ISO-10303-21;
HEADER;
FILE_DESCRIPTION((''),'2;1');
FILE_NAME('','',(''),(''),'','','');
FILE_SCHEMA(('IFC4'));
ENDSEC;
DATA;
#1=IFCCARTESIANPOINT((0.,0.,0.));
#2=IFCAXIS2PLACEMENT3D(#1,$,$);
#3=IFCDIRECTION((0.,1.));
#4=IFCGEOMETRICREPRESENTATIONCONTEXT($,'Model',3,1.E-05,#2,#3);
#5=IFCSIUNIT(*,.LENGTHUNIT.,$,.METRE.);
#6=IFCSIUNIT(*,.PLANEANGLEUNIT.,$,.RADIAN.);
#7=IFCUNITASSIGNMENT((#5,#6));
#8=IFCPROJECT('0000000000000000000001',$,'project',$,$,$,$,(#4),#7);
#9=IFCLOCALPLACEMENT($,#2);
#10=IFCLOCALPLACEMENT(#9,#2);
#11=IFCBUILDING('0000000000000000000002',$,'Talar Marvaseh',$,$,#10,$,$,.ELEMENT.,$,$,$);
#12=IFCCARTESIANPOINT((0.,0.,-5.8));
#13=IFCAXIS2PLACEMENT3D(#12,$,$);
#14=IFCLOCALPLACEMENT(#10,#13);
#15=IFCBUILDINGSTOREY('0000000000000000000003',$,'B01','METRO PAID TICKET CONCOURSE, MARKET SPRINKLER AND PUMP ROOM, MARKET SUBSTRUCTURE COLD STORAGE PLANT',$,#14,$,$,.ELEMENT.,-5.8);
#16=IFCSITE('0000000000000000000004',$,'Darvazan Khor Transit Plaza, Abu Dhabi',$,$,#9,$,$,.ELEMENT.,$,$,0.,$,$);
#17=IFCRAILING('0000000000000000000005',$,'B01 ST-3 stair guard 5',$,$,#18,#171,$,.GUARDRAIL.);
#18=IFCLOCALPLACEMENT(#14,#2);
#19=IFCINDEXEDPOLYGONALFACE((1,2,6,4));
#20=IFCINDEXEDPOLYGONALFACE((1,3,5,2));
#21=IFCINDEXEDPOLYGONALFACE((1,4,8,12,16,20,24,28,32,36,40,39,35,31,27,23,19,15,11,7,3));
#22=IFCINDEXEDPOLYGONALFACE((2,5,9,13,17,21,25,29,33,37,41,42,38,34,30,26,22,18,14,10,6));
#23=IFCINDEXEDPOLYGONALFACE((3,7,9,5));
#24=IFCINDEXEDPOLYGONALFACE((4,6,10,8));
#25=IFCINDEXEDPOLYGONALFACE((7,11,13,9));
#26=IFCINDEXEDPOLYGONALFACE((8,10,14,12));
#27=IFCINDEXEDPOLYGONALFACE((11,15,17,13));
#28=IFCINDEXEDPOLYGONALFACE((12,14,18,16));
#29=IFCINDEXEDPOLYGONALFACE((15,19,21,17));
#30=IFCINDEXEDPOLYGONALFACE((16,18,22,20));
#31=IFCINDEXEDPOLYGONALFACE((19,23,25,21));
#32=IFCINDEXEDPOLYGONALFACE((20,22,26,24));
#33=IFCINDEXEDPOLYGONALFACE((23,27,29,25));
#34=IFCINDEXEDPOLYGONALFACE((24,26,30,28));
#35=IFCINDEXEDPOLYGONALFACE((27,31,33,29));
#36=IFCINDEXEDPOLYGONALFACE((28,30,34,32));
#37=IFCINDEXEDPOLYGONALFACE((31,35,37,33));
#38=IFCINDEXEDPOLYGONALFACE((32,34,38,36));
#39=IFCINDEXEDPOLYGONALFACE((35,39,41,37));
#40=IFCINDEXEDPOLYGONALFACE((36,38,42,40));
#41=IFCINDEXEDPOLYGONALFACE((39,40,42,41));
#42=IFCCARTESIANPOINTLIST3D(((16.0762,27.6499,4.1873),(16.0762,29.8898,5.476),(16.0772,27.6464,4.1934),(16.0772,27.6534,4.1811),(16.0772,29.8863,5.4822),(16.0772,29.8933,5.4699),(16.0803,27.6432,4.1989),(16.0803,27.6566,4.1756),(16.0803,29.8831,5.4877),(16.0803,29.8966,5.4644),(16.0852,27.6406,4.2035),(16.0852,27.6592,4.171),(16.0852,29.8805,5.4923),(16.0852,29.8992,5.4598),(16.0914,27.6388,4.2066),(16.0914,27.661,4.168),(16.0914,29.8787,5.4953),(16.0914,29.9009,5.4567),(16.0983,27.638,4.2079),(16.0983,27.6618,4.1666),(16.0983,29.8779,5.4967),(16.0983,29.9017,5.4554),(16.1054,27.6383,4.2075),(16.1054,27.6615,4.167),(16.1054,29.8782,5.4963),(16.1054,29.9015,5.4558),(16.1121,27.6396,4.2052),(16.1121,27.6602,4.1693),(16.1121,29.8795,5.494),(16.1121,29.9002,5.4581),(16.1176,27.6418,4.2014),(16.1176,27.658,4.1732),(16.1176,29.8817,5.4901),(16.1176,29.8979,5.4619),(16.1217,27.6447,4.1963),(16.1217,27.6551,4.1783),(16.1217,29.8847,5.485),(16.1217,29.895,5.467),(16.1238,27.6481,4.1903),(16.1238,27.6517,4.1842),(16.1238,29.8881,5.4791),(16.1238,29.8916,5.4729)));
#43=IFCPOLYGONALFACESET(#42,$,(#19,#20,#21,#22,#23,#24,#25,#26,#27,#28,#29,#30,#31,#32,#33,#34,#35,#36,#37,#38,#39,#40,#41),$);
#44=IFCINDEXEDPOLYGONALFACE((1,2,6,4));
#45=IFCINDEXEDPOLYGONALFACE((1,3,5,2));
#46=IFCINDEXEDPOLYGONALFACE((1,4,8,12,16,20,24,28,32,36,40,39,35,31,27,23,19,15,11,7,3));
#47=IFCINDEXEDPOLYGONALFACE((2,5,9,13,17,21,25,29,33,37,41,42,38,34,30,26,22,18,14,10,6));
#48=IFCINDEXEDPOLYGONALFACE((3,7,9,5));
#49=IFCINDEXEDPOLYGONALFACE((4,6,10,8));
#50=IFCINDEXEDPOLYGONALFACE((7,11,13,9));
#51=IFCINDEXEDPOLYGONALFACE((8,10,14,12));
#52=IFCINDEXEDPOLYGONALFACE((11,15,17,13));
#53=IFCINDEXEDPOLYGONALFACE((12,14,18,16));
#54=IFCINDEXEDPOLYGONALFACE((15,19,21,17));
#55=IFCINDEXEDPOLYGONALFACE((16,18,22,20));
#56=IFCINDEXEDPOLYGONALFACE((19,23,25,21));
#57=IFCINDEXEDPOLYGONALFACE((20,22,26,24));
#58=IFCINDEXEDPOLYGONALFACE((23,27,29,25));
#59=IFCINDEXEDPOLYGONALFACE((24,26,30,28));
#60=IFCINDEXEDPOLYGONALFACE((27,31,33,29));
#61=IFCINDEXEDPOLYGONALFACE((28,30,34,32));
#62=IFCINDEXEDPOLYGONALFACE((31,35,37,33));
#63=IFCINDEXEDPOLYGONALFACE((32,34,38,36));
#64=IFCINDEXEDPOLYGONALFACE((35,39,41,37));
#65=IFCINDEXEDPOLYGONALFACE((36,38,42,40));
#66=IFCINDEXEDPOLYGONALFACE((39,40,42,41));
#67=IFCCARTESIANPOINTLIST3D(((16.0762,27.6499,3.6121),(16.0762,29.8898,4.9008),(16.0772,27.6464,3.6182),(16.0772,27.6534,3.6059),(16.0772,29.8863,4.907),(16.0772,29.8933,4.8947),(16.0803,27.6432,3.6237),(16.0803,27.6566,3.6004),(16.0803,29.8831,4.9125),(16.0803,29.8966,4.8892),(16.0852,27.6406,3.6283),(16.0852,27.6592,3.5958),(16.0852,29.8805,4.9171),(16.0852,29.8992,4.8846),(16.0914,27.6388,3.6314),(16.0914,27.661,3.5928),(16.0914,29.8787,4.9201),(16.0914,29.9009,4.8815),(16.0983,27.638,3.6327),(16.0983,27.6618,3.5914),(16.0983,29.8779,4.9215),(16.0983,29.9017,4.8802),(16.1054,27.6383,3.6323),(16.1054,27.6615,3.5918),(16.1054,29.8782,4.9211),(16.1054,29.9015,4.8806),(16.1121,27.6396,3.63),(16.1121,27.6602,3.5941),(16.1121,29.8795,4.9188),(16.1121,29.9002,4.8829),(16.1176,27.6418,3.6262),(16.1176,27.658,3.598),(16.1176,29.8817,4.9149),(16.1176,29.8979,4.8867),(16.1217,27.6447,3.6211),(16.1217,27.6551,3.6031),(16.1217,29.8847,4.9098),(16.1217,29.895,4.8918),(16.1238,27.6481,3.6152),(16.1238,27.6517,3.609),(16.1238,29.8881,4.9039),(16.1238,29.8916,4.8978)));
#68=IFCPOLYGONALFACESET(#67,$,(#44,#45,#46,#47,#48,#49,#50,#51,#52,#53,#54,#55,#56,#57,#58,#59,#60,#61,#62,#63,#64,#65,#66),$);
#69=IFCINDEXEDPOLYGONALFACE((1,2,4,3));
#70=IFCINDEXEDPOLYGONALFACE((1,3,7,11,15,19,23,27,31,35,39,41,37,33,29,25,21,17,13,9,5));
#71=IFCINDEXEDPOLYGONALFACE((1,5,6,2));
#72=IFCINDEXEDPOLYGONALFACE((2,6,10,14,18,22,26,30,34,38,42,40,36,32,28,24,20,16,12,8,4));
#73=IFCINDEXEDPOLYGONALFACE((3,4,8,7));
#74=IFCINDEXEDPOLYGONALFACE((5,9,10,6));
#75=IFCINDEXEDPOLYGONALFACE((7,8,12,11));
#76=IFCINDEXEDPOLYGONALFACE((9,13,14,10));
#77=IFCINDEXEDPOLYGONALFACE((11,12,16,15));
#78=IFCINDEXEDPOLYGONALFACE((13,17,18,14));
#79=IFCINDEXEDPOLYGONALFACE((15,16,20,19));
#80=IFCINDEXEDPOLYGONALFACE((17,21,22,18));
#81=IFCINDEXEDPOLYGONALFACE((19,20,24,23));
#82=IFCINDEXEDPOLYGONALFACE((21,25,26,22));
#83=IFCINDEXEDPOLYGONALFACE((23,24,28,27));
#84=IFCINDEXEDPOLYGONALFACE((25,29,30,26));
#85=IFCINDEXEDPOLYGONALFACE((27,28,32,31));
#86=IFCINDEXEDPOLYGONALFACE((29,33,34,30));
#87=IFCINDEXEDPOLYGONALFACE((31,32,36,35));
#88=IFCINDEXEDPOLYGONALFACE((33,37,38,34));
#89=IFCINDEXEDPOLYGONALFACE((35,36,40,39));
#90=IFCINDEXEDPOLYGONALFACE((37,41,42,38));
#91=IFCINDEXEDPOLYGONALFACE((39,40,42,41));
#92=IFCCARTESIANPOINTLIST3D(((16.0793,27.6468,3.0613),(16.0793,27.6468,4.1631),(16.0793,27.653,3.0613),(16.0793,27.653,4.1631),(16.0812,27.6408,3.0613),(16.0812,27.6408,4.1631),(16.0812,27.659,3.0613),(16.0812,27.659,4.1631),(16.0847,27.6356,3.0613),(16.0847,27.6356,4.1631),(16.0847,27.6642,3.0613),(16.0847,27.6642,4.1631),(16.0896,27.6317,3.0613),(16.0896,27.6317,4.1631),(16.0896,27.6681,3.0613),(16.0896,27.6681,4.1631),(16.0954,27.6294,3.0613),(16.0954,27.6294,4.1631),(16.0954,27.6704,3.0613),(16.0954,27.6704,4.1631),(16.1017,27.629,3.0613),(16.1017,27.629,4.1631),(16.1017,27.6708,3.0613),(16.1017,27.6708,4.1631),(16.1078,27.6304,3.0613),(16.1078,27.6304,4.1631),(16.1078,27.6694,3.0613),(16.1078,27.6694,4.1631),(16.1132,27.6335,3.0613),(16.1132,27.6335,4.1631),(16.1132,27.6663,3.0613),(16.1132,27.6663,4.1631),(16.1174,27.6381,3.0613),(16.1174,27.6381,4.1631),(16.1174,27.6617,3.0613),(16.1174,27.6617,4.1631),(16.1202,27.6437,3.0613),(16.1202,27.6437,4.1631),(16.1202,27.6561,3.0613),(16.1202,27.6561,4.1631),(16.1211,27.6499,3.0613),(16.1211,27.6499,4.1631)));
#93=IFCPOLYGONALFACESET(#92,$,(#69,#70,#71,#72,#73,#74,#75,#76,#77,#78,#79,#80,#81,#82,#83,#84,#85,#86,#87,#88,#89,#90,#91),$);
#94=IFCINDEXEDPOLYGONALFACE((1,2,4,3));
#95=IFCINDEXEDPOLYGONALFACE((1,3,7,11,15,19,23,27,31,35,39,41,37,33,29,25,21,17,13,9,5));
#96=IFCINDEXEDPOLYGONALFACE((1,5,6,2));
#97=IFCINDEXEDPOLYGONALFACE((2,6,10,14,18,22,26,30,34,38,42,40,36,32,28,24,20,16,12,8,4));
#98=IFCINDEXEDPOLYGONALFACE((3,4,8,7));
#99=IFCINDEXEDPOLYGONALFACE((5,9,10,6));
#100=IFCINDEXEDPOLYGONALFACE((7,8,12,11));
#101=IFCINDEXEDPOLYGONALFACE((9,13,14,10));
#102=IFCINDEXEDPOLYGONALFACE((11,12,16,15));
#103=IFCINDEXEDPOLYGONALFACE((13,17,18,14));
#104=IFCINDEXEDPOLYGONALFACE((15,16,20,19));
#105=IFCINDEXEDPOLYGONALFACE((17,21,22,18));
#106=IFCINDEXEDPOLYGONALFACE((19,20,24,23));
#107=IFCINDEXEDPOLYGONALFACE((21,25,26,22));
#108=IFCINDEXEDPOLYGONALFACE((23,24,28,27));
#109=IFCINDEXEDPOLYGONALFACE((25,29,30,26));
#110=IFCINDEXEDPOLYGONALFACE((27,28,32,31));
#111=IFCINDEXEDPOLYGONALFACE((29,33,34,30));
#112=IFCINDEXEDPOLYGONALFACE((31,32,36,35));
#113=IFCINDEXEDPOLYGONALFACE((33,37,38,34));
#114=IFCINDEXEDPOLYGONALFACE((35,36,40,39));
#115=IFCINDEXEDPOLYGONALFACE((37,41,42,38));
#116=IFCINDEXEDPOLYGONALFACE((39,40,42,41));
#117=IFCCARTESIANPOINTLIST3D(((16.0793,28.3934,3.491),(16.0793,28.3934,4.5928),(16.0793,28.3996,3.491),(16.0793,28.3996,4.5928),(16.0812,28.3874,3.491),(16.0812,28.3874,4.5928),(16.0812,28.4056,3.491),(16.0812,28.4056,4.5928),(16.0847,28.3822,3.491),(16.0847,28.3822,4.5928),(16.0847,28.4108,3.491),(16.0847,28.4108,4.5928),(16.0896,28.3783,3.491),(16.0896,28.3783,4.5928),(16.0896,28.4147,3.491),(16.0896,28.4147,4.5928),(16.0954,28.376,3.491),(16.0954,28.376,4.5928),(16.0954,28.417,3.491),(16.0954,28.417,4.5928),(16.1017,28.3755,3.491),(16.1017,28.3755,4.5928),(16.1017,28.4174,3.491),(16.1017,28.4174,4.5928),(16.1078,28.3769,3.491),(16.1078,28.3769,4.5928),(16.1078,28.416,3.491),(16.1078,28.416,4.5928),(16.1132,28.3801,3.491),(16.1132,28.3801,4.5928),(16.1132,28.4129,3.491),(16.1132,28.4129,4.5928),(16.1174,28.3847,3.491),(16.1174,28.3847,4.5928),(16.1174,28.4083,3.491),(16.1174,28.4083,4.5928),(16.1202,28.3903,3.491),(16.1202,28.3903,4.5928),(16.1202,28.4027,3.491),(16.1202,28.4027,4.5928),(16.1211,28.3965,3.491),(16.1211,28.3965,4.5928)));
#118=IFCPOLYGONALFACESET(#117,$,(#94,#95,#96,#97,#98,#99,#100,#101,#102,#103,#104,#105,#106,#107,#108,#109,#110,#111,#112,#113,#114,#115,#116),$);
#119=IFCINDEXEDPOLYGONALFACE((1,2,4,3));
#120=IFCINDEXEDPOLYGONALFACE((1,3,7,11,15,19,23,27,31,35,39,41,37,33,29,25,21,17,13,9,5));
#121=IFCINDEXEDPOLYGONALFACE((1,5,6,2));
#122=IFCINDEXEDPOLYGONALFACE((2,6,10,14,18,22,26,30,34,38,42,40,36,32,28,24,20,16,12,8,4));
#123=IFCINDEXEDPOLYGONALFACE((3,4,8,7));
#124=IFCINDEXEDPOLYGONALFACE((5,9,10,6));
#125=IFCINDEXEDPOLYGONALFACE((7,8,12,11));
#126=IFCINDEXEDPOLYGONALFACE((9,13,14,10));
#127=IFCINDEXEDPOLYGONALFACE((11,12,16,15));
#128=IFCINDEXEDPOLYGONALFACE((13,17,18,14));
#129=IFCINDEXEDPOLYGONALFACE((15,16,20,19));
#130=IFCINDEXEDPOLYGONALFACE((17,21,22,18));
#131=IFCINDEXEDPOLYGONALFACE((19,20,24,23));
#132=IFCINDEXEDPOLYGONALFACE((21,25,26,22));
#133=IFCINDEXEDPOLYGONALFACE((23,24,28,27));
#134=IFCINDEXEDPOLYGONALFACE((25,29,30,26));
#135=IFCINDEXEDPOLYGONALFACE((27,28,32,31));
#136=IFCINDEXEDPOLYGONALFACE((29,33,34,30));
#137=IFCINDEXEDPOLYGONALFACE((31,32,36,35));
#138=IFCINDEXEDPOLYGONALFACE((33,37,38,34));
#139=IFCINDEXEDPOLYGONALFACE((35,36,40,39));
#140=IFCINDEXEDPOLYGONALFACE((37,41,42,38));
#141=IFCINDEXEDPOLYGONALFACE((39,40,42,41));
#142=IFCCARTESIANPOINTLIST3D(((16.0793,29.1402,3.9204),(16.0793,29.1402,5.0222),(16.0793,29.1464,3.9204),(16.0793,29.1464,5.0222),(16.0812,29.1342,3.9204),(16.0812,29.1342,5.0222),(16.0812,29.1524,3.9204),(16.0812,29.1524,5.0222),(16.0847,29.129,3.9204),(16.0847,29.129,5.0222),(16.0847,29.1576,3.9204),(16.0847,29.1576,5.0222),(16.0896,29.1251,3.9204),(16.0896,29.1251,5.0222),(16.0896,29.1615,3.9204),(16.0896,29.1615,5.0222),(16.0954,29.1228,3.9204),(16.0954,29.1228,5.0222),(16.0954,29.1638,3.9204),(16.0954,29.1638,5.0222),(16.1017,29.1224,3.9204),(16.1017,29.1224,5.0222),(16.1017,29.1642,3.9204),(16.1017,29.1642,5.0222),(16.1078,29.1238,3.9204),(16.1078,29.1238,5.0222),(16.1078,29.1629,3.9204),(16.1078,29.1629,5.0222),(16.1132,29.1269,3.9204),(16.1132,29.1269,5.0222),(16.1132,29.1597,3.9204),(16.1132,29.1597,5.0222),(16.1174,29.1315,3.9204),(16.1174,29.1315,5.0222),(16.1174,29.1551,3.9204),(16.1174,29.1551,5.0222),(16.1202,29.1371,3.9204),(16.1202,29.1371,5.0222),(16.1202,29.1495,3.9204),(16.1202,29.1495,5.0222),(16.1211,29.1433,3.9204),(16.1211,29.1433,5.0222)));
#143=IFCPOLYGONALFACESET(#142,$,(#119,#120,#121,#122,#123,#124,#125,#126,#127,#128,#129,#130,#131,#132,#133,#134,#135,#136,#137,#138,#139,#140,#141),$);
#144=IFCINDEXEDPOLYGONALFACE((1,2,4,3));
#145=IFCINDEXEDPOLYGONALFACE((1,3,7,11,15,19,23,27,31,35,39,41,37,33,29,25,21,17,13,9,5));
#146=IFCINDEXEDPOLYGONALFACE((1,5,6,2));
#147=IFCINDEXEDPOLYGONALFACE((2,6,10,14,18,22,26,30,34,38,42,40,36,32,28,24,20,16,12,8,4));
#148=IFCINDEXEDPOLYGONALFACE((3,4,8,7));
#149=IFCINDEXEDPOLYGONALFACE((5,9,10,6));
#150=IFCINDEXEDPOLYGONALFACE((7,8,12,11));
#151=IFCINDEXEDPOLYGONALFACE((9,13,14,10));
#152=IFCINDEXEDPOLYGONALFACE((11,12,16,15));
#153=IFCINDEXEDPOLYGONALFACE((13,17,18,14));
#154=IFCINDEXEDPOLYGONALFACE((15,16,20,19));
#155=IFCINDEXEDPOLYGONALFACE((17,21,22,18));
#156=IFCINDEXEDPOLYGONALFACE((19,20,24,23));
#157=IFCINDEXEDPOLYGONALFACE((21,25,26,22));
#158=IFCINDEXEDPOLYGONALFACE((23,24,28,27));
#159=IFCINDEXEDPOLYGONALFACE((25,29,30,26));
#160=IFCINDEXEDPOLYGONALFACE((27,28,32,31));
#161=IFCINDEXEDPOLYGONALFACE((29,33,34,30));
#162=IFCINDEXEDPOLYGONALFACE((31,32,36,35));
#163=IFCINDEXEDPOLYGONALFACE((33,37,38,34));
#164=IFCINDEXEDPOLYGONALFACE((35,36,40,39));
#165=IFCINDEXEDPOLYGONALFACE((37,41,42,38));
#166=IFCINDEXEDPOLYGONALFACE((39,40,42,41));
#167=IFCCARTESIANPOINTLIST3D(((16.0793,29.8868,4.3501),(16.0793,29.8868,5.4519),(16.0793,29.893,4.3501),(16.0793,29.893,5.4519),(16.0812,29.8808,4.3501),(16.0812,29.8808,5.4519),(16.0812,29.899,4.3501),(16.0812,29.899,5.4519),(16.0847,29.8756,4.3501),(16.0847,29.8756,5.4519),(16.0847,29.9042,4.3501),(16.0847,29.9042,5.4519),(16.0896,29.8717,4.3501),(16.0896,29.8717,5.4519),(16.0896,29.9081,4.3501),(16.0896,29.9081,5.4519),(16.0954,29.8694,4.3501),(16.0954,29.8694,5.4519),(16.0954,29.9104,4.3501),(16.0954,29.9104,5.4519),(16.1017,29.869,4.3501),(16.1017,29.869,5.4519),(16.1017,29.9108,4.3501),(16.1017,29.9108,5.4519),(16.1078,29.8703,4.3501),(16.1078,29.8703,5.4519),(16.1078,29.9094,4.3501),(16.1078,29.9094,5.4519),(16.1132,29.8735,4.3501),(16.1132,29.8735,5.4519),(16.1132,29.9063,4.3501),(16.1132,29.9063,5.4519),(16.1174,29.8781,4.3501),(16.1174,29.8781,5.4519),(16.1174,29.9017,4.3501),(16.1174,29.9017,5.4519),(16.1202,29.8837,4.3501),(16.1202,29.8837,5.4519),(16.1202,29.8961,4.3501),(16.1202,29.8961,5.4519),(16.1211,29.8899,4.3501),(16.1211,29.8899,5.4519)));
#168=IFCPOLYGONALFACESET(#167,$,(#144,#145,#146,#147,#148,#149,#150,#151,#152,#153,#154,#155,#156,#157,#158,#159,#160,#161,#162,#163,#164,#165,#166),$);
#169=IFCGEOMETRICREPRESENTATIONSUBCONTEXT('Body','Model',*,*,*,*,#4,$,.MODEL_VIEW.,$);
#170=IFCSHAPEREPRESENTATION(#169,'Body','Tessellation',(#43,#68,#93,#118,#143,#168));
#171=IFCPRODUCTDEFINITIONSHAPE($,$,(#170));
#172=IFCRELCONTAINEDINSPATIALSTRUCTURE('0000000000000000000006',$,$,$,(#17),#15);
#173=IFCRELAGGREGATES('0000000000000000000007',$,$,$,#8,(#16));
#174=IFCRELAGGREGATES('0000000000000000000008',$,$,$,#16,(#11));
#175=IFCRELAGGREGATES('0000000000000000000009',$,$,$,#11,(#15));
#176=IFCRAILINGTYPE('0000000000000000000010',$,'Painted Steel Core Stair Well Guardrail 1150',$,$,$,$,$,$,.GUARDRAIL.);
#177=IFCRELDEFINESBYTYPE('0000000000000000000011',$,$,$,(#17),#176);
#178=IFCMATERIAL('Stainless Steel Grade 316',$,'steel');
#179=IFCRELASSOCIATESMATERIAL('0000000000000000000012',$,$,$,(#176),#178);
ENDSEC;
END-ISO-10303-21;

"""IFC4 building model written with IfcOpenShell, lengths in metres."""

from ifc_helpers import new_model, si_unit, direction, frame, origin, origin_2d, place, context, subcontext, project, spatial, circle, extrude, material, type_object, element, save


model = new_model("IFC4")

# Units and contexts
model_context = context("Model", 3, precision=1e-05, world=origin(), true_north=direction((0.0, 1.0)))
body_context = subcontext(model_context, "Body", "Model", "MODEL_VIEW")
ifc_project = project(units=[si_unit("LENGTHUNIT", "METRE"), si_unit("PLANEANGLEUNIT", "RADIAN")], contexts=[model_context])

# Site, building, storey
site_placement = place(None, origin())
site = spatial("IfcSite", under=ifc_project, at=site_placement, Name="Darvazan Khor Transit Plaza, Abu Dhabi", CompositionType="ELEMENT", RefElevation=0.0)
building_placement = place(site_placement, origin())
building = spatial("IfcBuilding", under=site, at=building_placement, Name="Talar Marvaseh", CompositionType="ELEMENT")
storey_placement = place(building_placement, frame((0.0, 0.0, -5.8)))
storey = spatial("IfcBuildingStorey", under=building, at=storey_placement, Name="B01", Description="METRO PAID TICKET CONCOURSE, MARKET SPRINKLER AND PUMP ROOM, MARKET SUBSTRUCTURE COLD STORAGE PLANT", CompositionType="ELEMENT", Elevation=-5.8)

# Railing
ifc_material_1 = material(Name="Stainless Steel Grade 316", Category="steel")
railing_type_1 = type_object("IfcRailingType", Name="Painted Steel Core Stair Well Guardrail 1150", PredefinedType="GUARDRAIL", material=ifc_material_1)
railing_1_placement = place(storey_placement, frame((16.1001, 27.6499, 3.0613)))
element("IfcRailing", 1, at=railing_1_placement, inside=storey, type_object=railing_type_1, Name="B01 ST-3 stair guard 5", PredefinedType="GUARDRAIL", context=body_context, shape_type="SweptSolid", body=[
    extrude(circle(Radius=0.0239, at=origin_2d()), frame((0.0, 0.0, 1.126), z_axis=(0.0, 0.866768, 0.498711), x_axis=(-1.0, 0.0, 0.0)), (0.0, 0.0, 1.0), 2.5842),
    extrude(circle(Radius=0.0239, at=origin_2d()), frame((0.0, 0.0, 0.5508), z_axis=(0.0, 0.866768, 0.498711), x_axis=(-1.0, 0.0, 0.0)), (0.0, 0.0, 1.0), 2.5842),
    extrude(circle(Radius=0.021, at=origin_2d()), origin(), (0.0, 0.0, 1.0), 1.1018),
    extrude(circle(Radius=0.021, at=origin_2d()), frame((0.0, 0.7466, 0.4297)), (0.0, 0.0, 1.0), 1.1018),
    extrude(circle(Radius=0.021, at=origin_2d()), frame((0.0, 1.4934, 0.8591)), (0.0, 0.0, 1.0), 1.1018),
    extrude(circle(Radius=0.021, at=origin_2d()), frame((0.0, 2.24, 1.2888)), (0.0, 0.0, 1.0), 1.1018),
])

save(model, "model.ifc")
